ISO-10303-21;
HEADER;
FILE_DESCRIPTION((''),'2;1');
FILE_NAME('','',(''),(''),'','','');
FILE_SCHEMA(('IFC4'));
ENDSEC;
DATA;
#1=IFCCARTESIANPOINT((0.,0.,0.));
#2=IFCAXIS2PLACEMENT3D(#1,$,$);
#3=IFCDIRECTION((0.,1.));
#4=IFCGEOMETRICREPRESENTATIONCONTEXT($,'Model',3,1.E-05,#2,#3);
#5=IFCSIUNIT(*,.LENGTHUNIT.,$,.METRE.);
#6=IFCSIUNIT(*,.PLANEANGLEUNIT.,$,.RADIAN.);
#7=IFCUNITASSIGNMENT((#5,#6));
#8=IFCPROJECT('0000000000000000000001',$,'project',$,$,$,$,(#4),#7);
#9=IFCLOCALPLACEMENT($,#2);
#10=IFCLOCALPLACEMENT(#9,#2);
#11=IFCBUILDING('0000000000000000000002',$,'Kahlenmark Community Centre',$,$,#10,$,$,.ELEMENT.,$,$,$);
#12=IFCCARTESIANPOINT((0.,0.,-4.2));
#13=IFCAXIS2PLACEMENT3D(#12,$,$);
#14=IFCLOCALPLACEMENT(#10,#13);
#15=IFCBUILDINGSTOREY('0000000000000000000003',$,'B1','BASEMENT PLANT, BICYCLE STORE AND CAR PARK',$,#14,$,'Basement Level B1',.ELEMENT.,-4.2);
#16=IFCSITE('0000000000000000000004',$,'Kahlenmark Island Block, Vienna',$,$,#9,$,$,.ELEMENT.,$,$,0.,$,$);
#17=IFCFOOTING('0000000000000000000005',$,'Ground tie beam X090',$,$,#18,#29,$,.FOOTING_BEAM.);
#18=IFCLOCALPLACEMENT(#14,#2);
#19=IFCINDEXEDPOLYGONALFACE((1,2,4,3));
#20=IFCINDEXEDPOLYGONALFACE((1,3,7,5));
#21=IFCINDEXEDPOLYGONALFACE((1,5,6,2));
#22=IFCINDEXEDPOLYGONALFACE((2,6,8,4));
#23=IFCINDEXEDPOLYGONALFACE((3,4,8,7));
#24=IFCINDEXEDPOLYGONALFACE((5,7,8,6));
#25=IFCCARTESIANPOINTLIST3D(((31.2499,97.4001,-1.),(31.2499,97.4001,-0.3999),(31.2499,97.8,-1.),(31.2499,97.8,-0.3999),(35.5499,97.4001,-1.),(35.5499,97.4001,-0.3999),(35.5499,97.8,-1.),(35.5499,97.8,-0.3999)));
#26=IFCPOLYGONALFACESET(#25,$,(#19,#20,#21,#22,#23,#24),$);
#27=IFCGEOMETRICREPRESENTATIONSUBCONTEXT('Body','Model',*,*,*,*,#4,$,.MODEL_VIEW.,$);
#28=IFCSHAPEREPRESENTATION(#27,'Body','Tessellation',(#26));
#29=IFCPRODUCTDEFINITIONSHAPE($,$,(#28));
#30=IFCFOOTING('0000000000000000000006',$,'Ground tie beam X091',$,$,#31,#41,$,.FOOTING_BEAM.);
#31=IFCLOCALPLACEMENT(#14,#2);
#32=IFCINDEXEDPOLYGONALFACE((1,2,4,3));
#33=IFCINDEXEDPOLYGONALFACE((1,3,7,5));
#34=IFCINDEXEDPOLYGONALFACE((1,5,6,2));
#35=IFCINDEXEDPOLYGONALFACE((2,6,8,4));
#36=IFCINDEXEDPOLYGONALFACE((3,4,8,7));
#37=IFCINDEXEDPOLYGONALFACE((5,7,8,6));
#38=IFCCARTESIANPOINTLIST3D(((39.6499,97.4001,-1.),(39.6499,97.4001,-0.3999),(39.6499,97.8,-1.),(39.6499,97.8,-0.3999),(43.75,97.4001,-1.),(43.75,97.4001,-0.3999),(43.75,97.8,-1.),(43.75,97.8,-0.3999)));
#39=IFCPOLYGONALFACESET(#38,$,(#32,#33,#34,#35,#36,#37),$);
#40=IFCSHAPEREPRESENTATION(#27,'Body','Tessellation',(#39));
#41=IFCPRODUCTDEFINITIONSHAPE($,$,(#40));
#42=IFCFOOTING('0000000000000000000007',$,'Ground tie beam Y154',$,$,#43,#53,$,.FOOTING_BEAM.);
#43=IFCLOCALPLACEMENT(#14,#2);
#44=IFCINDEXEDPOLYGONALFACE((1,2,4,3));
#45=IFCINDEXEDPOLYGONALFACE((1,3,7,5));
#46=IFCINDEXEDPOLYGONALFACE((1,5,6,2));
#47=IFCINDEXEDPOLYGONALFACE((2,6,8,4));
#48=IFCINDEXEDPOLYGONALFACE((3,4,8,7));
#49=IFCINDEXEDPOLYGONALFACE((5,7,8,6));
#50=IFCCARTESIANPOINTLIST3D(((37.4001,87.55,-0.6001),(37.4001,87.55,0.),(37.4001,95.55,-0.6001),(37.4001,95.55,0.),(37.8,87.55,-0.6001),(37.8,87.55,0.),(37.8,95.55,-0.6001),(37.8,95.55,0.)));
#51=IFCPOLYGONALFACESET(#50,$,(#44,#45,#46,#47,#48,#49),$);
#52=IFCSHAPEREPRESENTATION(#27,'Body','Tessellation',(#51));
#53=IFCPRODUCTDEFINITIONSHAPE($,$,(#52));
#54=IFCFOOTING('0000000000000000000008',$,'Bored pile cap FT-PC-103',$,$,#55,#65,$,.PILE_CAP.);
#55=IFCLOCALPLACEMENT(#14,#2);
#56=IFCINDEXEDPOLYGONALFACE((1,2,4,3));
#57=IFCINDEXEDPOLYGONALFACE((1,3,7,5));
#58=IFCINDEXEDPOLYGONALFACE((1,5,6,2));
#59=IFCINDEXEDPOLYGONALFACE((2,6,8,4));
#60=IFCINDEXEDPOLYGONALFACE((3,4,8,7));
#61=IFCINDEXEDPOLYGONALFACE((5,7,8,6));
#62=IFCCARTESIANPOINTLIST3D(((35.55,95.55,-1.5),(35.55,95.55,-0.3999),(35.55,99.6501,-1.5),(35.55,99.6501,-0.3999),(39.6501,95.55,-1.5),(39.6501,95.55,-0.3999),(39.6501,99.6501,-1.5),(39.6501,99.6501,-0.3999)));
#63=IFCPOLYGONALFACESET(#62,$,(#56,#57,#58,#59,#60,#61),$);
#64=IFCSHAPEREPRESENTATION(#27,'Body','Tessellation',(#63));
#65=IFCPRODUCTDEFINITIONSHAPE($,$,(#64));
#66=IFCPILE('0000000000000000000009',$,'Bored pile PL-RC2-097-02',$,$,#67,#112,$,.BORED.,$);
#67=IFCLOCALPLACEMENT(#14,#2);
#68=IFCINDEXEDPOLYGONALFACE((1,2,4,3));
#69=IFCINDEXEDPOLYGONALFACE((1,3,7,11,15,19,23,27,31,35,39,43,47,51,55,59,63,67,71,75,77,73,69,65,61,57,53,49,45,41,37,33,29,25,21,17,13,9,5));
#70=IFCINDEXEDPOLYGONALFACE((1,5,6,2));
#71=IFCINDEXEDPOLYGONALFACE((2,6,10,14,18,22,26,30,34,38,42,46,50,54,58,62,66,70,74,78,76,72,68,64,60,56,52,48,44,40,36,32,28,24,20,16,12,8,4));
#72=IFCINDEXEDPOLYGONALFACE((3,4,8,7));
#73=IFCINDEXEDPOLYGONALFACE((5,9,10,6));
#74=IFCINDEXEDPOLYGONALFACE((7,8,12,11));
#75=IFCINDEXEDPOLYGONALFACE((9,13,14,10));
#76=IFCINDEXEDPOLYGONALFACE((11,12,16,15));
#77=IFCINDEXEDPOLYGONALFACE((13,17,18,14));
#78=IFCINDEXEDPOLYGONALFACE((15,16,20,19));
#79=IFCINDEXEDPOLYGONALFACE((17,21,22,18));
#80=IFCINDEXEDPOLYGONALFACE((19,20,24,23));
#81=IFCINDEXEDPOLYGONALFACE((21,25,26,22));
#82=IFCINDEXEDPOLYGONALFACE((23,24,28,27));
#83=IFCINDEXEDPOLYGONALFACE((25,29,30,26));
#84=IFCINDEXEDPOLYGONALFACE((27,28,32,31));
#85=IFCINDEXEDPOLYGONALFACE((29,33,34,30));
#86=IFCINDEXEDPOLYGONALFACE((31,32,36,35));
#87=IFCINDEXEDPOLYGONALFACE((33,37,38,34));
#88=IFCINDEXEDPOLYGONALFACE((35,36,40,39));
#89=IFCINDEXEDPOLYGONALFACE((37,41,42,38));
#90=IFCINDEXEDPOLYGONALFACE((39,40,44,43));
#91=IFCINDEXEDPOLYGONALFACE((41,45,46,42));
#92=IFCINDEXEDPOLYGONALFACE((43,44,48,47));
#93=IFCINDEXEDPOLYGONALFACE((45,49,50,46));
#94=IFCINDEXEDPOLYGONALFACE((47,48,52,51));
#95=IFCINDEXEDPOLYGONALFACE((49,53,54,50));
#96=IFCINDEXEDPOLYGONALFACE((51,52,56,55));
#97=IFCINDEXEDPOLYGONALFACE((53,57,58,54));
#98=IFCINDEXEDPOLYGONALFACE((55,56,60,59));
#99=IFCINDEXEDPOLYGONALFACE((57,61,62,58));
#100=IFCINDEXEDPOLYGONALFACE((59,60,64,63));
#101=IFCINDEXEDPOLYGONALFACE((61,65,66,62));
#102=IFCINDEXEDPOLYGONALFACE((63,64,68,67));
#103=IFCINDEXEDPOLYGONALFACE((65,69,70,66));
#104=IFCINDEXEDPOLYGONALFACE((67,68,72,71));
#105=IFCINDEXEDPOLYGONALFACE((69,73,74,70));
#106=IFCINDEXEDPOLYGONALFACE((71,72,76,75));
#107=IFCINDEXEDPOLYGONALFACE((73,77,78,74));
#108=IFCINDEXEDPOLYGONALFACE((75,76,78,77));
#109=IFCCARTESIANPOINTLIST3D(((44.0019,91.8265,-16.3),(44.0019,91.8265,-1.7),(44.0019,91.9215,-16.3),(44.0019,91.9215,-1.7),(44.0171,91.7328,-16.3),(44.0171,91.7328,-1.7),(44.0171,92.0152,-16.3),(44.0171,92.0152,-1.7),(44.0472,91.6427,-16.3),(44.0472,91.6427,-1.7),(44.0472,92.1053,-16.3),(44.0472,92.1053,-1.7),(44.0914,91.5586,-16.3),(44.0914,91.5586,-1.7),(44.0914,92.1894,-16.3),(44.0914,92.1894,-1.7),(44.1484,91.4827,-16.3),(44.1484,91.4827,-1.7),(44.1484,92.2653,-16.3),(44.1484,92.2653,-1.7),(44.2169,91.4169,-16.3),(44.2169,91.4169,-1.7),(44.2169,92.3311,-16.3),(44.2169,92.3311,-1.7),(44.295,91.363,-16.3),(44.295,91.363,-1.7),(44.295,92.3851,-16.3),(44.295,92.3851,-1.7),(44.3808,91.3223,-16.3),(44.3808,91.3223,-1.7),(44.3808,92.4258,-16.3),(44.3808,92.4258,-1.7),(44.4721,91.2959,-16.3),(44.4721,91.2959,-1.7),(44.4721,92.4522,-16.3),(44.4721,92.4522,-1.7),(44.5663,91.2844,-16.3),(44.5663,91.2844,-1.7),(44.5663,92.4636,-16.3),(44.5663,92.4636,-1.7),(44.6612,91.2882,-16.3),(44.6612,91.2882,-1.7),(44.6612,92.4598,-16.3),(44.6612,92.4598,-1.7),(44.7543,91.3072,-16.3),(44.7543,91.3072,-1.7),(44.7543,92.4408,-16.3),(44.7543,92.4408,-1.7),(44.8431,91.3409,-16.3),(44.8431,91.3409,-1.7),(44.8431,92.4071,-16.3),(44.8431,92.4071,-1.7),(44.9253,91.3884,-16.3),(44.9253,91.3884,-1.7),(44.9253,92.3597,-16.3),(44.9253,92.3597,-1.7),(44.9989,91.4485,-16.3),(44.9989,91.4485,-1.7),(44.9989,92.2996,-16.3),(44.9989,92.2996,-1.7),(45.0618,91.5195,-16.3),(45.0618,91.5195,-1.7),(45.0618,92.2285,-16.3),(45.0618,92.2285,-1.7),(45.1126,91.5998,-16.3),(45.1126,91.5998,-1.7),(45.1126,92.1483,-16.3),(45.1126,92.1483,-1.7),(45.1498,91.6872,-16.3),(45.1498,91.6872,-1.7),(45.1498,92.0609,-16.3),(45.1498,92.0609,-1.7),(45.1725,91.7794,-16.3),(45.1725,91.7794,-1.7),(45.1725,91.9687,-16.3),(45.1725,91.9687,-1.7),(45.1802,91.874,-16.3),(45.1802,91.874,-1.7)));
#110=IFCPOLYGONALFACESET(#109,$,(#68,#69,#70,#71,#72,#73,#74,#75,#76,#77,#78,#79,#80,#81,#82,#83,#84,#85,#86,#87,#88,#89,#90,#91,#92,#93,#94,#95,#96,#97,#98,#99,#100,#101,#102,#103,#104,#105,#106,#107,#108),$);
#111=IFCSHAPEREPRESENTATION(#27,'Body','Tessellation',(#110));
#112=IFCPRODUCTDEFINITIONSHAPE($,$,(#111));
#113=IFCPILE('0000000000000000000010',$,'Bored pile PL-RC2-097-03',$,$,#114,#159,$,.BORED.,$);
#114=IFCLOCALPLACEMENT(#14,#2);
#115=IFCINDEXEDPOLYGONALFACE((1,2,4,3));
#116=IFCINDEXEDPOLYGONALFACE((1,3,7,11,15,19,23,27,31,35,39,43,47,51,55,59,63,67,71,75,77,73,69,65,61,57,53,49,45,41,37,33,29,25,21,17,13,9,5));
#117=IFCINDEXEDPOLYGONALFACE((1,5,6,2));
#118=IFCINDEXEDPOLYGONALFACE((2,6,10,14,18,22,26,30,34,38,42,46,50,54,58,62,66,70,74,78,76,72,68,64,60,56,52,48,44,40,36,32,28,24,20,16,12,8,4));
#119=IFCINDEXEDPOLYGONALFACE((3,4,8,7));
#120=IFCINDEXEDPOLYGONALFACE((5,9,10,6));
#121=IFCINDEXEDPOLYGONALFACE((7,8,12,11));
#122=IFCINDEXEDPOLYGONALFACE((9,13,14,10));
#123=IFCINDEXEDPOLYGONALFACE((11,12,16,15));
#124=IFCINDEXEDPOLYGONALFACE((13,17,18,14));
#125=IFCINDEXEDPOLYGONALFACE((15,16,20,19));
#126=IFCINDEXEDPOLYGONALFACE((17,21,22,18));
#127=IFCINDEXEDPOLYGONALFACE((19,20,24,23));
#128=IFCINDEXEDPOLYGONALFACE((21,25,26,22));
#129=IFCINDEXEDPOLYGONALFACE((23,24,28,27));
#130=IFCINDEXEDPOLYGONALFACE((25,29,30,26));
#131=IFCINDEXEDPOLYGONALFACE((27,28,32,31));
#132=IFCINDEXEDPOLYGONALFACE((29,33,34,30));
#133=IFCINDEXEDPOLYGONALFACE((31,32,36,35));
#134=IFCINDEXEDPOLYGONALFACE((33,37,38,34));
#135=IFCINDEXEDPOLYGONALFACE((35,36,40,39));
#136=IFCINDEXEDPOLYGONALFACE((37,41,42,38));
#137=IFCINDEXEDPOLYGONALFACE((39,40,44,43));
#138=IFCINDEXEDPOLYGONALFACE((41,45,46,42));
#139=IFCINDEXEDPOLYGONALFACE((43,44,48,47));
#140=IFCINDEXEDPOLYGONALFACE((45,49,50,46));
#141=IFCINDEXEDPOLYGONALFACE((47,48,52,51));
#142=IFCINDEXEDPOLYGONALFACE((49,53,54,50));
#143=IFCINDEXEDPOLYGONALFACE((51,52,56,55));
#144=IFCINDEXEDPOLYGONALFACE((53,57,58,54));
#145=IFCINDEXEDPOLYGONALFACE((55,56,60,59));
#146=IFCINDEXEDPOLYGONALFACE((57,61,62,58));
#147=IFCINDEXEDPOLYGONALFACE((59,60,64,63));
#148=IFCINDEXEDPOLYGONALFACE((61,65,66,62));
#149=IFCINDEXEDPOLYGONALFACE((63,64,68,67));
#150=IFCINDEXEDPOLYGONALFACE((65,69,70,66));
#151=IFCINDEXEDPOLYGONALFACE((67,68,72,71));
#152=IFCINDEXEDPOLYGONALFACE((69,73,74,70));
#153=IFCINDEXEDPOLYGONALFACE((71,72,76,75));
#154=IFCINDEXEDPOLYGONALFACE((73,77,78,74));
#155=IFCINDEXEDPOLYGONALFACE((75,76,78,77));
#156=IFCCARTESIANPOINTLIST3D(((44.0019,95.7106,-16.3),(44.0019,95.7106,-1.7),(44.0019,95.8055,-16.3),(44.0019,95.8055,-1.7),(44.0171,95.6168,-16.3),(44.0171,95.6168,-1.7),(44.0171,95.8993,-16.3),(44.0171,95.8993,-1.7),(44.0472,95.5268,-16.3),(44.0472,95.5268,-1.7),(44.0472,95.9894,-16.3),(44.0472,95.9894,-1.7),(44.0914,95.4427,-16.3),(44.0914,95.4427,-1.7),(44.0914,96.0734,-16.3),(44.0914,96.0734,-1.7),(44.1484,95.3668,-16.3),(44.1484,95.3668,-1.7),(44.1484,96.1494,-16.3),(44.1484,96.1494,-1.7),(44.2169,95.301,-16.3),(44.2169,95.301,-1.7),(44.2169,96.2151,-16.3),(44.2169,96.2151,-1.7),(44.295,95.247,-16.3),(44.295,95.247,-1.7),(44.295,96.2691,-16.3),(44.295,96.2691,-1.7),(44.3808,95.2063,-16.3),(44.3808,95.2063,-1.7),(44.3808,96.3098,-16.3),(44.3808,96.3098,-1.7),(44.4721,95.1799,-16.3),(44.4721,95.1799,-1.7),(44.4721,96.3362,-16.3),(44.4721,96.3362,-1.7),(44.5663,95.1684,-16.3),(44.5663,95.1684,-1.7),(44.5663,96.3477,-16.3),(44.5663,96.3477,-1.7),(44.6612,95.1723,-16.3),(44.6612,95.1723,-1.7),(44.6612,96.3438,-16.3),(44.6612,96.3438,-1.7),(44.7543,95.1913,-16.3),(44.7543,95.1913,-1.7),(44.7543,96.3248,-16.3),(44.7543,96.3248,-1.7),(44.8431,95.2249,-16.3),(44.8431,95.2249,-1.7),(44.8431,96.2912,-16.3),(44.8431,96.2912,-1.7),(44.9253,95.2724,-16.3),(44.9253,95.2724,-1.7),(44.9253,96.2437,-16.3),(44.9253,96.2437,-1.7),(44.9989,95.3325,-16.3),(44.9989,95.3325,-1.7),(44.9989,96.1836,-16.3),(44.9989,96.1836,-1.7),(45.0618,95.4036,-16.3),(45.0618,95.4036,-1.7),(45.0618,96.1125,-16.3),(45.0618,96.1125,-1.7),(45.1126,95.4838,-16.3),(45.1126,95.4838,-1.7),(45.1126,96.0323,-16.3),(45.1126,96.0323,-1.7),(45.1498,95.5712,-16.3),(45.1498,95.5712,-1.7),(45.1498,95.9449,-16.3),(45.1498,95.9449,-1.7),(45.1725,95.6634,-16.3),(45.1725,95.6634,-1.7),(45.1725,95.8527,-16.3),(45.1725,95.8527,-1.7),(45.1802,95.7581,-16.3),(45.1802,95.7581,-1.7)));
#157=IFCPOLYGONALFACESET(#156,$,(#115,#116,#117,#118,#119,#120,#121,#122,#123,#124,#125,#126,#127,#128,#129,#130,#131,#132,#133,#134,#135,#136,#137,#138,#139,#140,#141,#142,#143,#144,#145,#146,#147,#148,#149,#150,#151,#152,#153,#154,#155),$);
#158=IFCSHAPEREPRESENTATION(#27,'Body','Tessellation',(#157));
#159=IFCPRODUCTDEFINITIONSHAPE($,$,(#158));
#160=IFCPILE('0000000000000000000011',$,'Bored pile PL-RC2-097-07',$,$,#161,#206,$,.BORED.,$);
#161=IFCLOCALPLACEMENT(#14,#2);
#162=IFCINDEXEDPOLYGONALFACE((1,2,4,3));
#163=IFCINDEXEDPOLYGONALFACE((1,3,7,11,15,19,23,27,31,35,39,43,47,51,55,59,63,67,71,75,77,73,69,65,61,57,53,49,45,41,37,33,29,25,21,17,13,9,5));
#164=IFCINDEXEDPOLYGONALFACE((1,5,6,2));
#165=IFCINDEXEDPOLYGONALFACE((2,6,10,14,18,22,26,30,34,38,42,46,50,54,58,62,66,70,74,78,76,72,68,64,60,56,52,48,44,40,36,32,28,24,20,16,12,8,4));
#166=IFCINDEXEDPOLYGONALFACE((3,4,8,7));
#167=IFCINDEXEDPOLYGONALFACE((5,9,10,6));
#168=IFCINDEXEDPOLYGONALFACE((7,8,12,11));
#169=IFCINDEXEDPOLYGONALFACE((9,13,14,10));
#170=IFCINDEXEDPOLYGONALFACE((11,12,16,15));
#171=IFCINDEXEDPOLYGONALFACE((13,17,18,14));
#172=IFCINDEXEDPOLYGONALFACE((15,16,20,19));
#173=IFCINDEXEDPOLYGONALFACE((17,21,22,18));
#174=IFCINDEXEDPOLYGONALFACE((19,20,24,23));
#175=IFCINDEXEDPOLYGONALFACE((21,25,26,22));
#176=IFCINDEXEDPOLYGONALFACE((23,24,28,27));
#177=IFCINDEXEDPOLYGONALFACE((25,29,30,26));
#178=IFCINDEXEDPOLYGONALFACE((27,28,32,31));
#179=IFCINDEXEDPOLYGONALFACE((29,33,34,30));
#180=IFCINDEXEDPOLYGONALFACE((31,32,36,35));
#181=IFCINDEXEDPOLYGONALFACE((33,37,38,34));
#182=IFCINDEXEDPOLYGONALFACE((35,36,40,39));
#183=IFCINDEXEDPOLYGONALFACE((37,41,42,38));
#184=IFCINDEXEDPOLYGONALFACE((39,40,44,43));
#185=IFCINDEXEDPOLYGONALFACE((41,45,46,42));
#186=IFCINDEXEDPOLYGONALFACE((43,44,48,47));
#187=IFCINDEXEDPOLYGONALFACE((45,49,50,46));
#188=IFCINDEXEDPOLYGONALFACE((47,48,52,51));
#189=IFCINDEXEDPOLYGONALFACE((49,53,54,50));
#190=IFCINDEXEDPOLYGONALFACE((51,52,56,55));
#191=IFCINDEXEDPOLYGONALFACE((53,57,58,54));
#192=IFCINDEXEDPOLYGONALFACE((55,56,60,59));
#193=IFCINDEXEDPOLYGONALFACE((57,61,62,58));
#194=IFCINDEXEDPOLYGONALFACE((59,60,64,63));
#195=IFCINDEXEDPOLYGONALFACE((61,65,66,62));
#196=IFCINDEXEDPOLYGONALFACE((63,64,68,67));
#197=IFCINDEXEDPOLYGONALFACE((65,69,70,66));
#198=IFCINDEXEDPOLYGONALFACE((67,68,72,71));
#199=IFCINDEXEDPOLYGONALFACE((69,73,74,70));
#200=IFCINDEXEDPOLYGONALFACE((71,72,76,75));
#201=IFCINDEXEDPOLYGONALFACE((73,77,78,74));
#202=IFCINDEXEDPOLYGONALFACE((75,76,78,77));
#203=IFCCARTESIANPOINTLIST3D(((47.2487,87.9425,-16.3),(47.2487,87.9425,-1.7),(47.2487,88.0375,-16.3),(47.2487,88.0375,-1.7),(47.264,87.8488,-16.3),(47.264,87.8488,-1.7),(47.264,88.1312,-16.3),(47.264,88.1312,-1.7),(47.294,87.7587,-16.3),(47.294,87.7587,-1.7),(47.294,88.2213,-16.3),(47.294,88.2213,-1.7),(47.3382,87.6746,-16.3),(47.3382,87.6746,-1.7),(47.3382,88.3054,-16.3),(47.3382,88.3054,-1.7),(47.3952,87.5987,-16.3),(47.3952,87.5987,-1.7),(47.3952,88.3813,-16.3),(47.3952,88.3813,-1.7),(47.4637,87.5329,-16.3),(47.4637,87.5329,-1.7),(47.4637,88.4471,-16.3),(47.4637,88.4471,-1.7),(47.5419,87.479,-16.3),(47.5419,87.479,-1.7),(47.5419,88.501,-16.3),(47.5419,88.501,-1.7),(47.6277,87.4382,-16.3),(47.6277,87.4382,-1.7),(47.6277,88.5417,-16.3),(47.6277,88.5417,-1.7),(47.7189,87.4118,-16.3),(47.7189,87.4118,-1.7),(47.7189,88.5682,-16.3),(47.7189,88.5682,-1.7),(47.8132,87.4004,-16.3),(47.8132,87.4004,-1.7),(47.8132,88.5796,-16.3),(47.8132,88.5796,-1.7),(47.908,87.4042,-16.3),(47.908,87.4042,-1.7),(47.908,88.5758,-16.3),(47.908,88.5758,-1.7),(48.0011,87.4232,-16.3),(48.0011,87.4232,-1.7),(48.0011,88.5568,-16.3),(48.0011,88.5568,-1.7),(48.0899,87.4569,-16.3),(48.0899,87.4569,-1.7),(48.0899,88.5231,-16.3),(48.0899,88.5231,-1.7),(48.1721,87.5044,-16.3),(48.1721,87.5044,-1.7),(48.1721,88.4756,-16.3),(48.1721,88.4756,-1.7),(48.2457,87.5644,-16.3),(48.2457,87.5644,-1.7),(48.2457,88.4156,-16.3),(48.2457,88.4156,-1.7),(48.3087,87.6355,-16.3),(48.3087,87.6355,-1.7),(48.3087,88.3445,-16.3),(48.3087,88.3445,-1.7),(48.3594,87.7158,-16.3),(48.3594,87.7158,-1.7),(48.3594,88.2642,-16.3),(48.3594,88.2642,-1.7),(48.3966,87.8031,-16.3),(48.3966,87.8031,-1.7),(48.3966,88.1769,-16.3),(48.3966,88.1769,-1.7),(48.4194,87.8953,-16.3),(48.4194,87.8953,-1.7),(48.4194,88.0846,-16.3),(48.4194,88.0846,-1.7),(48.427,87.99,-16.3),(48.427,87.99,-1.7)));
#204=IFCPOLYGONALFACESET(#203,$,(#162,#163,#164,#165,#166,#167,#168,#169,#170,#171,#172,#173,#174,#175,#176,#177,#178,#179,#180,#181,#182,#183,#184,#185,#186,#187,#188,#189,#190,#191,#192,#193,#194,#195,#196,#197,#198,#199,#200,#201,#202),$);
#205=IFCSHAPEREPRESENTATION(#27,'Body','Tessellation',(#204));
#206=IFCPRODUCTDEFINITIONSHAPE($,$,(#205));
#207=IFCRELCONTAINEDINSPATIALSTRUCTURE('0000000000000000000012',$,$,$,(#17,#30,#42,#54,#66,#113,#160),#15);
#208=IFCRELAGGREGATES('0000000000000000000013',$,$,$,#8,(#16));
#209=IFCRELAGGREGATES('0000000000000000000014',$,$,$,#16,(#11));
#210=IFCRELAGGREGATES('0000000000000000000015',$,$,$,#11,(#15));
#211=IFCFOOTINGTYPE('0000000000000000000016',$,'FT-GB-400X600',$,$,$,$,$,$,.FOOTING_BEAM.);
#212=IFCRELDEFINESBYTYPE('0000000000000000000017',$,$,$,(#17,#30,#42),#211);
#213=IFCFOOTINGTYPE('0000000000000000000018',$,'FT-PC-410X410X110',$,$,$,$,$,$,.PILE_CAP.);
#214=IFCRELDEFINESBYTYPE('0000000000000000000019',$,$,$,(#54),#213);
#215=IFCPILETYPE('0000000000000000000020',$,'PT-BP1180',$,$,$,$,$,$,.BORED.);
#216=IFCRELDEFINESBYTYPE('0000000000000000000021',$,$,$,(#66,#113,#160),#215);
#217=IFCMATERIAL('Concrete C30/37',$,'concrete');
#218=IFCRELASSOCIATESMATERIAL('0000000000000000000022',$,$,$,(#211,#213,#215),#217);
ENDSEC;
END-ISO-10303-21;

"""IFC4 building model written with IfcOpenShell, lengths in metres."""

from ifc_helpers import new_model, si_unit, direction, frame, origin, origin_2d, place, context, subcontext, project, spatial, rectangle, circle, extrude, material, material_profile, profile_set, type_object, element, save


model = new_model("IFC4")

# Units and contexts
model_context = context("Model", 3, precision=1e-05, world=origin(), true_north=direction((0.0, 1.0)))
body_context = subcontext(model_context, "Body", "Model", "MODEL_VIEW")
ifc_project = project(units=[si_unit("LENGTHUNIT", "METRE"), si_unit("PLANEANGLEUNIT", "RADIAN")], contexts=[model_context])

# Site, building, storey
site_placement = place(None, origin())
site = spatial("IfcSite", under=ifc_project, at=site_placement, Name="Kahlenmark Island Block, Vienna", CompositionType="ELEMENT", RefElevation=0.0)
building_placement = place(site_placement, origin())
building = spatial("IfcBuilding", under=site, at=building_placement, Name="Kahlenmark Community Centre", CompositionType="ELEMENT")
storey_placement = place(building_placement, frame((0.0, 0.0, -4.2)))
storey = spatial("IfcBuildingStorey", under=building, at=storey_placement, Name="B1", Description="BASEMENT PLANT, BICYCLE STORE AND CAR PARK", LongName="Basement Level B1", CompositionType="ELEMENT", Elevation=-4.2)

# Footings
ifc_material_1 = material(Name="Concrete C30/37", Category="concrete")
footing_type_1 = type_object("IfcFootingType", Name="FT-GB-400X600", PredefinedType="FOOTING_BEAM", material=ifc_material_1)
footing_1_placement = place(storey_placement, frame((33.3999, 97.6001, -1.0), z_axis=(0.0, 0.0, 1.0), x_axis=(1.0, 0.0, 0.0)))
element("IfcFooting", 1, at=footing_1_placement, inside=storey, type_object=footing_type_1, Name="Ground tie beam X090", PredefinedType="FOOTING_BEAM", context=body_context, shape_type="SweptSolid", body=[
    extrude(rectangle(XDim=4.3, YDim=0.3999, at=origin_2d()), origin(), (0.0, 0.0, 1.0), 0.6001),
])
footing_2_placement = place(storey_placement, frame((41.7, 97.6001, -1.0), z_axis=(0.0, 0.0, 1.0), x_axis=(1.0, 0.0, 0.0)))
element("IfcFooting", 2, at=footing_2_placement, inside=storey, type_object=footing_type_1, Name="Ground tie beam X091", PredefinedType="FOOTING_BEAM", context=body_context, shape_type="SweptSolid", body=[
    extrude(rectangle(XDim=4.1001, YDim=0.3999, at=origin_2d()), origin(), (0.0, 0.0, 1.0), 0.6001),
])
footing_3_placement = place(storey_placement, frame((37.6001, 91.55, -0.6001), z_axis=(0.0, 0.0, 1.0), x_axis=(1.0, 0.0, 0.0)))
element("IfcFooting", 3, at=footing_3_placement, inside=storey, type_object=footing_type_1, Name="Ground tie beam Y154", PredefinedType="FOOTING_BEAM", context=body_context, shape_type="SweptSolid", body=[
    extrude(rectangle(XDim=0.3999, YDim=8.0, at=origin_2d()), origin(), (0.0, 0.0, 1.0), 0.6001),
])
footing_type_2 = type_object("IfcFootingType", Name="FT-PC-410X410X110", PredefinedType="PILE_CAP", material=ifc_material_1)
footing_4_placement = place(storey_placement, frame((37.6001, 97.6001, -1.5), z_axis=(0.0, 0.0, 1.0), x_axis=(1.0, 0.0, 0.0)))
element("IfcFooting", 4, at=footing_4_placement, inside=storey, type_object=footing_type_2, Name="Bored pile cap FT-PC-103", PredefinedType="PILE_CAP", context=body_context, shape_type="SweptSolid", body=[
    extrude(rectangle(XDim=4.1001, YDim=4.1001, at=origin_2d()), origin(), (0.0, 0.0, 1.0), 1.1001),
])

# Piles
ifc_material_profile_1 = material_profile(ifc_material_1, circle(Radius=0.5901, at=origin_2d()), Name="BORED PILE 1180")
ifc_profile_set_1 = profile_set([ifc_material_profile_1], Name="Concrete C30/37")
pile_type_1 = type_object("IfcPileType", Name="PT-BP1180", PredefinedType="BORED", material=ifc_profile_set_1)
for number, where, z_axis, x_axis, name in (
    (5, (44.5901, 91.874, -1.7), (0.0, 0.0, -1.0), (1.0, 0.0, 0.0), "Bored pile PL-RC2-097-02"),
    (6, (44.5901, 95.7581, -1.7), (0.0, 0.0, -1.0), (1.0, 0.0, 0.0), "Bored pile PL-RC2-097-03"),
    (7, (47.8369, 87.99, -1.7), (0.0, 0.0, -1.0), (1.0, 0.0, 0.0), "Bored pile PL-RC2-097-07"),
):
    element("IfcPile", number, at=place(storey_placement, frame(where, z_axis=z_axis, x_axis=x_axis)), inside=storey, type_object=pile_type_1, Name=name, PredefinedType="BORED", context=body_context, shape_type="SweptSolid", body=[
        extrude(circle(Radius=0.5901, at=origin_2d()), origin(), (0.0, 0.0, 1.0), 14.6001),
    ])

save(model, "model.ifc")
